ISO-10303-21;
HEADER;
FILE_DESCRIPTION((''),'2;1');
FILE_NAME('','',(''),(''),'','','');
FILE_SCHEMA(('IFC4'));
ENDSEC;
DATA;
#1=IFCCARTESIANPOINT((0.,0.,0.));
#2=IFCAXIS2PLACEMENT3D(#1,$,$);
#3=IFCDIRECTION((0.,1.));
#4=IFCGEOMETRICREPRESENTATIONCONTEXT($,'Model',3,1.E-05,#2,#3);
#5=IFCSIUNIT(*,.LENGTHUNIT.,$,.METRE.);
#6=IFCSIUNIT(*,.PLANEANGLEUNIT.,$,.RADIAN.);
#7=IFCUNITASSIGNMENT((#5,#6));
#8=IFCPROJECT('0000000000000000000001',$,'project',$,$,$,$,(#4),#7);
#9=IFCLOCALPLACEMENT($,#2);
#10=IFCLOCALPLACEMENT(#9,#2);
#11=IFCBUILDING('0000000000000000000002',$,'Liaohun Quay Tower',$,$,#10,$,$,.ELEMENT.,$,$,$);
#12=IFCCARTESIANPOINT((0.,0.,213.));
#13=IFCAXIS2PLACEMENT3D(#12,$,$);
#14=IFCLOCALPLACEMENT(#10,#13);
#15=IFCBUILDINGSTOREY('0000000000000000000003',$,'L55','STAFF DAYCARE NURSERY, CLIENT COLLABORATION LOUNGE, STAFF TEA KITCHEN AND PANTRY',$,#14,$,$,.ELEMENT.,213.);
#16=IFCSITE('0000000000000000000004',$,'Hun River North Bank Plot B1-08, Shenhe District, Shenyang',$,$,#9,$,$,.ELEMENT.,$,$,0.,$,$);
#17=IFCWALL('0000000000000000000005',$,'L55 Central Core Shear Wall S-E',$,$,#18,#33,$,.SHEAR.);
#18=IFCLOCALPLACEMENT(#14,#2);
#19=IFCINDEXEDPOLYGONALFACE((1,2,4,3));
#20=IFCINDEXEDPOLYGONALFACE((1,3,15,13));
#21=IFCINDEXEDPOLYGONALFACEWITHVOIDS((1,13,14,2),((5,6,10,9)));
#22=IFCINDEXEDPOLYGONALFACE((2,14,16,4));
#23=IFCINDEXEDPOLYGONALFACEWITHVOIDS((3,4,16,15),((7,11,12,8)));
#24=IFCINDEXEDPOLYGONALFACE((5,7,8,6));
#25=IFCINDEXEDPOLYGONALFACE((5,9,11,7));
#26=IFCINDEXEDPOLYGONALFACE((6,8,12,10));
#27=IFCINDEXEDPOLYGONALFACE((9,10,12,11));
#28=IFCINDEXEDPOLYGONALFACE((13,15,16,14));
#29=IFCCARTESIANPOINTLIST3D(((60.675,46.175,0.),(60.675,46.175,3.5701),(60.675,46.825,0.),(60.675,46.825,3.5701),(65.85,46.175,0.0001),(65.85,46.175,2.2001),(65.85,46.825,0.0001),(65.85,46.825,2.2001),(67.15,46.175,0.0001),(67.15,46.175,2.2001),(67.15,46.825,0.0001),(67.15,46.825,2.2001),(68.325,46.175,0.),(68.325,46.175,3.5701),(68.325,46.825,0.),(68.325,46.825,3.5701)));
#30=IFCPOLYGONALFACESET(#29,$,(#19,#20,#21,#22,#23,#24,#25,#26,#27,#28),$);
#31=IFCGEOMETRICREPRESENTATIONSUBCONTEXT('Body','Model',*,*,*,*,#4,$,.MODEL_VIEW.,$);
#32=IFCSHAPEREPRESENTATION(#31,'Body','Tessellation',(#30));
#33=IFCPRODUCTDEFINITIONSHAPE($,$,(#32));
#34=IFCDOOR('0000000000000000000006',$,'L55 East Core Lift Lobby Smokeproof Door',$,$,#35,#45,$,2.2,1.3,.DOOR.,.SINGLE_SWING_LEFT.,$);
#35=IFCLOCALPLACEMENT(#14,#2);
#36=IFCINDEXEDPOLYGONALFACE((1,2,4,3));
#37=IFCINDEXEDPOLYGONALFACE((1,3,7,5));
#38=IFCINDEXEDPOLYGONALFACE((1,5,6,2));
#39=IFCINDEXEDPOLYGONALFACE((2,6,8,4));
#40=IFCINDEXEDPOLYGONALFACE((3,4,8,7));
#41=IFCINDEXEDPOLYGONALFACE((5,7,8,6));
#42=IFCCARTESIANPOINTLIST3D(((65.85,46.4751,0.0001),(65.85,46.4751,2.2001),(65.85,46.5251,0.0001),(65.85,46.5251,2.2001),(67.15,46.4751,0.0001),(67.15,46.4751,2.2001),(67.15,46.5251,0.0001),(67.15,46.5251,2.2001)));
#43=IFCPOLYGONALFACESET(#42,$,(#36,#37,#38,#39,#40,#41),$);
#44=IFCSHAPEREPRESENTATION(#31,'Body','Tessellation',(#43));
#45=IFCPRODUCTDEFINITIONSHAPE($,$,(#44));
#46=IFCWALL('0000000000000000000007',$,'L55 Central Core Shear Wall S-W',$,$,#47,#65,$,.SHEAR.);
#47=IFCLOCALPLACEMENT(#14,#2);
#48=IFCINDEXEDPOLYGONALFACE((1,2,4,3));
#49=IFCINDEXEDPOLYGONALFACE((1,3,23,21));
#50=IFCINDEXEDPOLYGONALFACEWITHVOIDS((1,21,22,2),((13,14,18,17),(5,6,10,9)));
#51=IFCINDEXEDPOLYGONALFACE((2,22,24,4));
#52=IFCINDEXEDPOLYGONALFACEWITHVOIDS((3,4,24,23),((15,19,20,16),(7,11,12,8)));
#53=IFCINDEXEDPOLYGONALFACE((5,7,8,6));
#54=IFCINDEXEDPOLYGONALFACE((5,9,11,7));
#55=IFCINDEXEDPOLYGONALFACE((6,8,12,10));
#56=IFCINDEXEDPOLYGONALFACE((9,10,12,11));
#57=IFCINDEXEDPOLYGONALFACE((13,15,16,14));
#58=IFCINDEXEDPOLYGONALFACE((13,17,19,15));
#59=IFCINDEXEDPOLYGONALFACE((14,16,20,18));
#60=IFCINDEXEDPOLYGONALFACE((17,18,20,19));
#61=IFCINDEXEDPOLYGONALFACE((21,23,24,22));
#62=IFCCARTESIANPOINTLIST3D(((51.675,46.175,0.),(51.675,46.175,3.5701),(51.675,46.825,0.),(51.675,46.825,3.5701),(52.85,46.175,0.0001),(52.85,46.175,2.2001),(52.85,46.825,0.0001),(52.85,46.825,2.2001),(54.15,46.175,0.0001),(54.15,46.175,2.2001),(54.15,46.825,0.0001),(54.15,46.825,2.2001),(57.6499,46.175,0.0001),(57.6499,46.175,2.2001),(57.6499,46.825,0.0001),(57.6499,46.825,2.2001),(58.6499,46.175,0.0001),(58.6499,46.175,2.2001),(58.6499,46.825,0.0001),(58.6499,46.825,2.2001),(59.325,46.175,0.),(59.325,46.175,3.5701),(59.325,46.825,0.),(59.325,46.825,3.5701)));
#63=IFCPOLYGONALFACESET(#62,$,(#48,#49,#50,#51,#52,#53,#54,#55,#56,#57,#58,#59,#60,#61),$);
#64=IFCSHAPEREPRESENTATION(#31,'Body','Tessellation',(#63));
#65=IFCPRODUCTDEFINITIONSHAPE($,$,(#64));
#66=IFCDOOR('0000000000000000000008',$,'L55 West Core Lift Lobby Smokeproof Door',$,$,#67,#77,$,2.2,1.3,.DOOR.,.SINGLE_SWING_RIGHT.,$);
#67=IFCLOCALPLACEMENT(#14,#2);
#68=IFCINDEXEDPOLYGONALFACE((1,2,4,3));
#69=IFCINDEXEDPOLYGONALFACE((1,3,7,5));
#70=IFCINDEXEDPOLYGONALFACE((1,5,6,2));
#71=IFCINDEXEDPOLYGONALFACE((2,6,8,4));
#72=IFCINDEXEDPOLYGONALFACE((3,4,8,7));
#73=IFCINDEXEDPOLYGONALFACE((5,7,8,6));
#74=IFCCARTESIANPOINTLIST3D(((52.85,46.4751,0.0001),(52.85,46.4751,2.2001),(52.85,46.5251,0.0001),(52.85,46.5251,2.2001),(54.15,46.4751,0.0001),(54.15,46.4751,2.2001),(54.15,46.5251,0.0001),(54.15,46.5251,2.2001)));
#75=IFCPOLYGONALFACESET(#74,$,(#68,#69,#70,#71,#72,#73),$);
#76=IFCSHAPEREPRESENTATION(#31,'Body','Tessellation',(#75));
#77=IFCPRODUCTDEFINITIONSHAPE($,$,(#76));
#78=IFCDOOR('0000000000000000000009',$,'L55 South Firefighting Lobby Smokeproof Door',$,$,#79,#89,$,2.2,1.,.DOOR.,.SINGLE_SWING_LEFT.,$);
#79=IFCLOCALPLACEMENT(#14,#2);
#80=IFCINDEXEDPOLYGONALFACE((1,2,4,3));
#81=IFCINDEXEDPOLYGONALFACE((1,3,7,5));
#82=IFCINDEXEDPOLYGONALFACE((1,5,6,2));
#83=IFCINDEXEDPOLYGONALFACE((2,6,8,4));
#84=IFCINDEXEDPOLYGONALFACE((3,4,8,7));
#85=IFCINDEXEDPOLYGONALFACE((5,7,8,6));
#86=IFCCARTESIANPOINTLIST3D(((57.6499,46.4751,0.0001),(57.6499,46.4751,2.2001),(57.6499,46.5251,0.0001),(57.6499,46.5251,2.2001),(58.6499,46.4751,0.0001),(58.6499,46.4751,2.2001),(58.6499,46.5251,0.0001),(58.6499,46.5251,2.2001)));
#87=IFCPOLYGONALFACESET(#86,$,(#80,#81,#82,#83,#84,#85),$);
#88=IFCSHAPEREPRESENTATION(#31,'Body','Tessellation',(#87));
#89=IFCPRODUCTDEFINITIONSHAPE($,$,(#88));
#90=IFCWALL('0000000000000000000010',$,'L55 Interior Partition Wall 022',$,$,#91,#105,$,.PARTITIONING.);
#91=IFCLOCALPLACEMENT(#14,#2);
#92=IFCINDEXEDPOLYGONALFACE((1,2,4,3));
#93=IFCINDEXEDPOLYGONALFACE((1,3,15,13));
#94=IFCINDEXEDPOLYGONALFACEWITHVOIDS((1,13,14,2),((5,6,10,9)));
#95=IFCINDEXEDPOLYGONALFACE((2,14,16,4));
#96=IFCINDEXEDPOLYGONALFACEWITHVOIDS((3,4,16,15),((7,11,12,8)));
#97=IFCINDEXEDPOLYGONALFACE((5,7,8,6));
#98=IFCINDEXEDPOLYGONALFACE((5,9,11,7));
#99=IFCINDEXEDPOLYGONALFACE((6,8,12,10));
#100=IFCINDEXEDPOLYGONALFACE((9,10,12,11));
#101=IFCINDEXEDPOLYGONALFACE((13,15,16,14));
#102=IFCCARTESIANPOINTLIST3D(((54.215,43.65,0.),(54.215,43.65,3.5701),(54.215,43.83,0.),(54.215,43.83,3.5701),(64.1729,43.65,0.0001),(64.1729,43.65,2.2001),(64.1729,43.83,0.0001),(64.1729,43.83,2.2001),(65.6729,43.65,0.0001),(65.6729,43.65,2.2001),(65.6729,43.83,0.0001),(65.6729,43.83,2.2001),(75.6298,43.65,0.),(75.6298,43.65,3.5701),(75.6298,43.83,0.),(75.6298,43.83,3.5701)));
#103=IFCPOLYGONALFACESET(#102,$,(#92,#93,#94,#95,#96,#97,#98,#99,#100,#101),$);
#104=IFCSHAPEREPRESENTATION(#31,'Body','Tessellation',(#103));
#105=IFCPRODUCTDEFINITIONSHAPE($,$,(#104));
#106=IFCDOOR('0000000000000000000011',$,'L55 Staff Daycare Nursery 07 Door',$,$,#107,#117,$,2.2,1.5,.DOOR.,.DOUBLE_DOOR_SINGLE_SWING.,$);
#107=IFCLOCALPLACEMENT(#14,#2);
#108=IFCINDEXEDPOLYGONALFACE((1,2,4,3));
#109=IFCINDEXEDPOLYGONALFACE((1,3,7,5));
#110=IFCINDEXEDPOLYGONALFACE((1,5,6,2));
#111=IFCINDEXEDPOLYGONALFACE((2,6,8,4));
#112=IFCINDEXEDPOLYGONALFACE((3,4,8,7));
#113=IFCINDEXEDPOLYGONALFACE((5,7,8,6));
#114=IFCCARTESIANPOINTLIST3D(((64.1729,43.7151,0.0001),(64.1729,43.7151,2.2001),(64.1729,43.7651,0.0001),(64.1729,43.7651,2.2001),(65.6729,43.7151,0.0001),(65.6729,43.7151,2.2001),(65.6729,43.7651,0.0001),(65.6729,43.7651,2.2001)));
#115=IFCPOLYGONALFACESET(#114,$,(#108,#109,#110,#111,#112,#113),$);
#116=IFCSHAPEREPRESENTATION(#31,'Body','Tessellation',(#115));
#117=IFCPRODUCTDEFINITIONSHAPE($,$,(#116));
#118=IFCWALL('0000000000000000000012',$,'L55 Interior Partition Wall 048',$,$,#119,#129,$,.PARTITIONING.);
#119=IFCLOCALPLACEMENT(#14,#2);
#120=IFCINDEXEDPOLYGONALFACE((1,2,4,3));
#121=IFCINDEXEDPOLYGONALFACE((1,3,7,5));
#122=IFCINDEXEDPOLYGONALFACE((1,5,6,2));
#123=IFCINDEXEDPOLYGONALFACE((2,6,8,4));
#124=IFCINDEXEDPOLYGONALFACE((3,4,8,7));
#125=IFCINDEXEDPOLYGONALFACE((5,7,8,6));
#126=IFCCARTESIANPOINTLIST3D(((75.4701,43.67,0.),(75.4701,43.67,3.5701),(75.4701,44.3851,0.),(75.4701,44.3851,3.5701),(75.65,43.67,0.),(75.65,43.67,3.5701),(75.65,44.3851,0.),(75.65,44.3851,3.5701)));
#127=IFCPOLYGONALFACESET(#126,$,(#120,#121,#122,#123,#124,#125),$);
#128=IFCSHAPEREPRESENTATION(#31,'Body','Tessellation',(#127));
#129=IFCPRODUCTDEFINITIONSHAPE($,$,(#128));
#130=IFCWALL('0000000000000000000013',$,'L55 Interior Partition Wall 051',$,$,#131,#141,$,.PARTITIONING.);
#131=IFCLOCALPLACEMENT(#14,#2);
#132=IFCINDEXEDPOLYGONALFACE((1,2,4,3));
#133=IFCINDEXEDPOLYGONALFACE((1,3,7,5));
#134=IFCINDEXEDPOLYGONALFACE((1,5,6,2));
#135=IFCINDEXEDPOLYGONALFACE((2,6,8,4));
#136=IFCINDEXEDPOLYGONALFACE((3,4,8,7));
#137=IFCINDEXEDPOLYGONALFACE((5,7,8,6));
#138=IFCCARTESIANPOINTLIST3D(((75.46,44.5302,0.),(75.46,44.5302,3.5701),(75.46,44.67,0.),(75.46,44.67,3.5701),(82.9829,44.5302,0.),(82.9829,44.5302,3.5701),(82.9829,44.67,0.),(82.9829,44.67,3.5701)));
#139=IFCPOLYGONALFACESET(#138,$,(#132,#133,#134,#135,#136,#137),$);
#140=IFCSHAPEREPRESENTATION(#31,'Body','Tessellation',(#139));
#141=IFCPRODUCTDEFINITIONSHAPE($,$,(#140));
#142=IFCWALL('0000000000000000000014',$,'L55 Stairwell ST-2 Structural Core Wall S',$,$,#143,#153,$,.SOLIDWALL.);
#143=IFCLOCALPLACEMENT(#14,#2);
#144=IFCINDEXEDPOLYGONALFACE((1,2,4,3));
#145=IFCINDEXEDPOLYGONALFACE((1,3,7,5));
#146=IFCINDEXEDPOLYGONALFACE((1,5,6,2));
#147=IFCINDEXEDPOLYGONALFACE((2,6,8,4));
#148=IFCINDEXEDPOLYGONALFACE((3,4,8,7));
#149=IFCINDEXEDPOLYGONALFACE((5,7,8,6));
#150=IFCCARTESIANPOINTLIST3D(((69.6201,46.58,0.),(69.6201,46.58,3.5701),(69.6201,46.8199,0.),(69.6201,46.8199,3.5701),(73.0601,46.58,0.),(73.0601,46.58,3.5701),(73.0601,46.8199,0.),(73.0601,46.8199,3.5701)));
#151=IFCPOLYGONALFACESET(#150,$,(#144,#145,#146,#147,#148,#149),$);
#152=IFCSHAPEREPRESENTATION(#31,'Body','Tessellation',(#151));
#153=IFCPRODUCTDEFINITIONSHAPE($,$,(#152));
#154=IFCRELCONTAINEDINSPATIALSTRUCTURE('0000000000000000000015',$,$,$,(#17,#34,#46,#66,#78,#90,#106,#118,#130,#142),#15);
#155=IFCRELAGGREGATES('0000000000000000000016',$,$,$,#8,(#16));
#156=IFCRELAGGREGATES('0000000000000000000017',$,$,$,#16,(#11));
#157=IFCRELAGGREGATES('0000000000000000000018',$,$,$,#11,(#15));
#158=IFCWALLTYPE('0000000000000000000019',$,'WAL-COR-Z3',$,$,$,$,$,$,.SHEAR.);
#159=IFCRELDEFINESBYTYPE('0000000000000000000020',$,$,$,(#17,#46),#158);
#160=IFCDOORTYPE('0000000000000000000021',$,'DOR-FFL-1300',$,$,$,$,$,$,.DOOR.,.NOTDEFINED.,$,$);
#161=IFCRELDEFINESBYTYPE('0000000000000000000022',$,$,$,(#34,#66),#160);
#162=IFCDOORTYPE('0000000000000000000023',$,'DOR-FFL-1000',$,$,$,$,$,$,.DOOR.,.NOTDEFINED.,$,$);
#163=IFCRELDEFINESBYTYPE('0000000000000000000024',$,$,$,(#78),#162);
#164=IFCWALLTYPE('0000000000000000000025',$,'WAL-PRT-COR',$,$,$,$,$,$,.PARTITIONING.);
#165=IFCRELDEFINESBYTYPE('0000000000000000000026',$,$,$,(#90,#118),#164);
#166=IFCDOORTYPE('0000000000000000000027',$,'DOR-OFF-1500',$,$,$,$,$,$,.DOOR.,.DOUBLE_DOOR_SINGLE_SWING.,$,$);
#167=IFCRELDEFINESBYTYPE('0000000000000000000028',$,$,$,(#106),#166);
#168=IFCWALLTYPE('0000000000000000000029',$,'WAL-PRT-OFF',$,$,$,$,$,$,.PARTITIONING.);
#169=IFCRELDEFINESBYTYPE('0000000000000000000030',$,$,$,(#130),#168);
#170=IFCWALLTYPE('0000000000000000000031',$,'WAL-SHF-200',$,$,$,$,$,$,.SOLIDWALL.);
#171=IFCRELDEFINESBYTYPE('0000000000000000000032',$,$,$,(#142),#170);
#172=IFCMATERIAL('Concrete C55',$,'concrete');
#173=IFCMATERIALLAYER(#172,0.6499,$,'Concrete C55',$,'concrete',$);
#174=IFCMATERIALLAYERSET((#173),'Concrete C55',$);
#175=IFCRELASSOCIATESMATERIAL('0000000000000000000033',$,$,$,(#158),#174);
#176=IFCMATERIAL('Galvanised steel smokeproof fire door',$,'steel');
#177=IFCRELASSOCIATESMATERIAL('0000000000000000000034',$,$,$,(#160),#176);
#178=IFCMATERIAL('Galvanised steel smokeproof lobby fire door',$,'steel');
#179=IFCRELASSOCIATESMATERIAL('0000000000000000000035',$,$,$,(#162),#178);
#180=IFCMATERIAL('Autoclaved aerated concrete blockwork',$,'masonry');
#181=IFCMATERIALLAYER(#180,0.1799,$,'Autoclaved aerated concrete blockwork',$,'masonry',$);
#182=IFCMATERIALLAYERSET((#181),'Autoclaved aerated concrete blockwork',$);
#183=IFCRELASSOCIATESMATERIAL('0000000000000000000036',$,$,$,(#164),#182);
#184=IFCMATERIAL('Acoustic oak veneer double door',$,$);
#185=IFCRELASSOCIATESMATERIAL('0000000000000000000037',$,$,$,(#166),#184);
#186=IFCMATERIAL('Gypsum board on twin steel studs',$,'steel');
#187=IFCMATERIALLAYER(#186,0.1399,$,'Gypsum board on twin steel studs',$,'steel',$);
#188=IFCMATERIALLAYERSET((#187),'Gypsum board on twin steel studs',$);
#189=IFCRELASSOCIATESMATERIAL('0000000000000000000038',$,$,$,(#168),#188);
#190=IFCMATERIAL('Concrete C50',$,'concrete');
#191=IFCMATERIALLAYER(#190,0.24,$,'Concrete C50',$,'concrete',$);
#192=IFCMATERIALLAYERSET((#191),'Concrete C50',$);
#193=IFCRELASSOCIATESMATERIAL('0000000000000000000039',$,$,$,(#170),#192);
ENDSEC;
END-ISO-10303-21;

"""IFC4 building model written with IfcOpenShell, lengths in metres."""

from ifc_helpers import new_model, si_unit, direction, frame, frame_2d, origin, place, context, subcontext, project, spatial, rectangle, extrude, source, transform, mapped, material, layer, layer_set, type_object, element, fill, save


model = new_model("IFC4")

# Units and contexts
model_context = context("Model", 3, precision=1e-05, world=origin(), true_north=direction((0.0, 1.0)))
body_context = subcontext(model_context, "Body", "Model", "MODEL_VIEW")
ifc_project = project(units=[si_unit("LENGTHUNIT", "METRE"), si_unit("PLANEANGLEUNIT", "RADIAN")], contexts=[model_context])

# Site, building, storey
site_placement = place(None, origin())
site = spatial("IfcSite", under=ifc_project, at=site_placement, Name="Hun River North Bank Plot B1-08, Shenhe District, Shenyang", CompositionType="ELEMENT", RefElevation=0.0)
building_placement = place(site_placement, origin())
building = spatial("IfcBuilding", under=site, at=building_placement, Name="Liaohun Quay Tower", CompositionType="ELEMENT")
storey_placement = place(building_placement, frame((0.0, 0.0, 213.0)))
storey = spatial("IfcBuildingStorey", under=building, at=storey_placement, Name="L55", Description="STAFF DAYCARE NURSERY, CLIENT COLLABORATION LOUNGE, STAFF TEA KITCHEN AND PANTRY", CompositionType="ELEMENT", Elevation=213.0)

# Shared definitions
ifc_material_1 = material(Name="Concrete C55", Category="concrete")

# Wall, opening, door
ifc_layer_1 = layer(ifc_material_1, 0.6499, Name="Concrete C55", Category="concrete")
ifc_layer_set_1 = layer_set([ifc_layer_1], Name="Concrete C55")
wall_type_1 = type_object("IfcWallType", Name="WAL-COR-Z3", PredefinedType="SHEAR", material=ifc_layer_set_1)
wall_1_placement = place(storey_placement, frame((68.325, 46.5, 0.0), z_axis=(0.0, 0.0, 1.0), x_axis=(-1.0, 0.0, 0.0)))
wall_1 = element("IfcWall", 1, at=wall_1_placement, inside=storey, type_object=wall_type_1, Name="L55 Central Core Shear Wall S-E", PredefinedType="SHEAR", context=body_context, shape_type="SweptSolid", body=[
    extrude(rectangle(XDim=7.6499, YDim=0.6499, at=frame_2d((3.825, 0.0))), origin(), (0.0, 0.0, 1.0), 3.5701),
])
shared_shape_1 = source(origin(), body_context, "Body", "SweptSolid", [
    extrude(rectangle(XDim=1.3, YDim=2.2, at=frame_2d((0.6499, 1.1001))), frame((0.0, 0.335, 0.0), z_axis=(0.0, -1.0, 0.0), x_axis=(1.0, 0.0, 0.0)), (0.0, 0.0, 1.0), 0.6699),
])
opening_1_placement = place(wall_1_placement, frame((1.175, 0.0, 0.0)))
opening_1 = element("IfcOpeningElement", 2, at=opening_1_placement, cuts=wall_1, PredefinedType="OPENING", context=body_context, shape_type="MappedRepresentation", body=[
    mapped(shared_shape_1, transform((0.0, 0.0, 0.0), x_axis=(1.0, 0.0, 0.0), y_axis=(0.0, 1.0, 0.0), z_axis=(0.0, 0.0, 1.0), scale=1.0)),
])
ifc_material_2 = material(Name="Galvanised steel smokeproof fire door", Category="steel")
door_type_1 = type_object("IfcDoorType", Name="DOR-FFL-1300", OperationType="NOTDEFINED", PredefinedType="DOOR", material=ifc_material_2)
shared_shape_2 = source(origin(), body_context, "Body", "SweptSolid", [
    extrude(rectangle(XDim=1.3, YDim=2.2, at=frame_2d((0.6499, 1.1001))), frame((0.0, 0.0249, 0.0), z_axis=(0.0, -1.0, 0.0), x_axis=(1.0, 0.0, 0.0)), (0.0, 0.0, 1.0), 0.05),
])
door_1_placement = place(opening_1_placement, origin())
door_1 = element("IfcDoor", 3, at=door_1_placement, inside=storey, type_object=door_type_1, Name="L55 East Core Lift Lobby Smokeproof Door", OperationType="SINGLE_SWING_LEFT", OverallHeight=2.2, OverallWidth=1.3, PredefinedType="DOOR", context=body_context, shape_type="MappedRepresentation", body=[
    mapped(shared_shape_2, transform((0.0, 0.0, 0.0), x_axis=(1.0, 0.0, 0.0), y_axis=(0.0, 1.0, 0.0), z_axis=(0.0, 0.0, 1.0), scale=1.0)),
])
fill(opening_1, door_1)

# Wall, openings, doors
wall_2_placement = place(storey_placement, frame((59.325, 46.5, 0.0), z_axis=(0.0, 0.0, 1.0), x_axis=(-1.0, 0.0, 0.0)))
wall_2 = element("IfcWall", 4, at=wall_2_placement, inside=storey, type_object=wall_type_1, Name="L55 Central Core Shear Wall S-W", PredefinedType="SHEAR", context=body_context, shape_type="SweptSolid", body=[
    extrude(rectangle(XDim=7.6499, YDim=0.6499, at=frame_2d((3.825, 0.0))), origin(), (0.0, 0.0, 1.0), 3.5701),
])
opening_2_placement = place(wall_2_placement, frame((5.175, 0.0, 0.0)))
opening_2 = element("IfcOpeningElement", 5, at=opening_2_placement, cuts=wall_2, PredefinedType="OPENING", context=body_context, shape_type="MappedRepresentation", body=[
    mapped(shared_shape_1, transform((0.0, 0.0, 0.0), x_axis=(1.0, 0.0, 0.0), y_axis=(0.0, 1.0, 0.0), z_axis=(0.0, 0.0, 1.0), scale=1.0)),
])
shared_shape_3 = source(origin(), body_context, "Body", "SweptSolid", [
    extrude(rectangle(XDim=1.0, YDim=2.2, at=frame_2d((0.5, 1.1001))), frame((0.0, 0.335, 0.0), z_axis=(0.0, -1.0, 0.0), x_axis=(1.0, 0.0, 0.0)), (0.0, 0.0, 1.0), 0.6699),
])
opening_3_placement = place(wall_2_placement, frame((0.675, 0.0, 0.0)))
opening_3 = element("IfcOpeningElement", 6, at=opening_3_placement, cuts=wall_2, PredefinedType="OPENING", context=body_context, shape_type="MappedRepresentation", body=[
    mapped(shared_shape_3, transform((0.0, 0.0, 0.0), x_axis=(1.0, 0.0, 0.0), y_axis=(0.0, 1.0, 0.0), z_axis=(0.0, 0.0, 1.0), scale=1.0)),
])
door_2_placement = place(opening_2_placement, origin())
door_2 = element("IfcDoor", 7, at=door_2_placement, inside=storey, type_object=door_type_1, Name="L55 West Core Lift Lobby Smokeproof Door", OperationType="SINGLE_SWING_RIGHT", OverallHeight=2.2, OverallWidth=1.3, PredefinedType="DOOR", context=body_context, shape_type="MappedRepresentation", body=[
    mapped(shared_shape_2, transform((0.0, 0.0, 0.0), x_axis=(1.0, 0.0, 0.0), y_axis=(0.0, 1.0, 0.0), z_axis=(0.0, 0.0, 1.0), scale=1.0)),
])
fill(opening_2, door_2)
ifc_material_3 = material(Name="Galvanised steel smokeproof lobby fire door", Category="steel")
door_type_2 = type_object("IfcDoorType", Name="DOR-FFL-1000", OperationType="NOTDEFINED", PredefinedType="DOOR", material=ifc_material_3)
shared_shape_4 = source(origin(), body_context, "Body", "SweptSolid", [
    extrude(rectangle(XDim=1.0, YDim=2.2, at=frame_2d((0.5, 1.1001))), frame((0.0, 0.0249, 0.0), z_axis=(0.0, -1.0, 0.0), x_axis=(1.0, 0.0, 0.0)), (0.0, 0.0, 1.0), 0.05),
])
door_3_placement = place(opening_3_placement, origin())
door_3 = element("IfcDoor", 8, at=door_3_placement, inside=storey, type_object=door_type_2, Name="L55 South Firefighting Lobby Smokeproof Door", OperationType="SINGLE_SWING_LEFT", OverallHeight=2.2, OverallWidth=1.0, PredefinedType="DOOR", context=body_context, shape_type="MappedRepresentation", body=[
    mapped(shared_shape_4, transform((0.0, 0.0, 0.0), x_axis=(1.0, 0.0, 0.0), y_axis=(0.0, 1.0, 0.0), z_axis=(0.0, 0.0, 1.0), scale=1.0)),
])
fill(opening_3, door_3)

# Wall, opening, door
ifc_material_4 = material(Name="Autoclaved aerated concrete blockwork", Category="masonry")
ifc_layer_2 = layer(ifc_material_4, 0.1799, Name="Autoclaved aerated concrete blockwork", Category="masonry")
ifc_layer_set_2 = layer_set([ifc_layer_2], Name="Autoclaved aerated concrete blockwork")
wall_type_2 = type_object("IfcWallType", Name="WAL-PRT-COR", PredefinedType="PARTITIONING", material=ifc_layer_set_2)
wall_3_placement = place(storey_placement, frame((75.6299, 43.74, 0.0), z_axis=(0.0, 0.0, 1.0), x_axis=(-1.0, 0.0, 0.0)))
wall_3 = element("IfcWall", 9, at=wall_3_placement, inside=storey, type_object=wall_type_2, Name="L55 Interior Partition Wall 022", PredefinedType="PARTITIONING", context=body_context, shape_type="SweptSolid", body=[
    extrude(rectangle(XDim=21.4148, YDim=0.1799, at=frame_2d((10.7075, 0.0))), origin(), (0.0, 0.0, 1.0), 3.5701),
])
shared_shape_5 = source(origin(), body_context, "Body", "SweptSolid", [
    extrude(rectangle(XDim=1.5, YDim=2.2, at=frame_2d((0.75, 1.1001))), frame((0.0, 0.0999, 0.0), z_axis=(0.0, -1.0, 0.0), x_axis=(1.0, 0.0, 0.0)), (0.0, 0.0, 1.0), 0.2),
])
opening_4_placement = place(wall_3_placement, frame((9.957, 0.0, 0.0)))
opening_4 = element("IfcOpeningElement", 10, at=opening_4_placement, cuts=wall_3, PredefinedType="OPENING", context=body_context, shape_type="MappedRepresentation", body=[
    mapped(shared_shape_5, transform((0.0, 0.0, 0.0), x_axis=(1.0, 0.0, 0.0), y_axis=(0.0, 1.0, 0.0), z_axis=(0.0, 0.0, 1.0), scale=1.0)),
])
ifc_material_5 = material(Name="Acoustic oak veneer double door")
door_type_3 = type_object("IfcDoorType", Name="DOR-OFF-1500", OperationType="DOUBLE_DOOR_SINGLE_SWING", PredefinedType="DOOR", material=ifc_material_5)
shared_shape_6 = source(origin(), body_context, "Body", "SweptSolid", [
    extrude(rectangle(XDim=1.5, YDim=2.2, at=frame_2d((0.75, 1.1001))), frame((0.0, 0.0249, 0.0), z_axis=(0.0, -1.0, 0.0), x_axis=(1.0, 0.0, 0.0)), (0.0, 0.0, 1.0), 0.05),
])
door_4_placement = place(opening_4_placement, origin())
door_4 = element("IfcDoor", 11, at=door_4_placement, inside=storey, type_object=door_type_3, Name="L55 Staff Daycare Nursery 07 Door", OperationType="DOUBLE_DOOR_SINGLE_SWING", OverallHeight=2.2, OverallWidth=1.5, PredefinedType="DOOR", context=body_context, shape_type="MappedRepresentation", body=[
    mapped(shared_shape_6, transform((0.0, 0.0, 0.0), x_axis=(1.0, 0.0, 0.0), y_axis=(0.0, 1.0, 0.0), z_axis=(0.0, 0.0, 1.0), scale=1.0)),
])
fill(opening_4, door_4)

# Walls
wall_4_placement = place(storey_placement, frame((75.5601, 44.385, 0.0), z_axis=(0.0, 0.0, 1.0), x_axis=(0.0, -1.0, 0.0)))
element("IfcWall", 12, at=wall_4_placement, inside=storey, type_object=wall_type_2, Name="L55 Interior Partition Wall 048", PredefinedType="PARTITIONING", context=body_context, shape_type="SweptSolid", body=[
    extrude(rectangle(XDim=0.7151, YDim=0.1799, at=frame_2d((0.3574, 0.0))), origin(), (0.0, 0.0, 1.0), 3.5701),
])
ifc_material_6 = material(Name="Gypsum board on twin steel studs", Category="steel")
ifc_layer_3 = layer(ifc_material_6, 0.1399, Name="Gypsum board on twin steel studs", Category="steel")
ifc_layer_set_3 = layer_set([ifc_layer_3], Name="Gypsum board on twin steel studs")
wall_type_3 = type_object("IfcWallType", Name="WAL-PRT-OFF", PredefinedType="PARTITIONING", material=ifc_layer_set_3)
wall_5_placement = place(storey_placement, frame((75.46, 44.6001, 0.0), z_axis=(0.0, 0.0, 1.0), x_axis=(1.0, 0.0, 0.0)))
element("IfcWall", 13, at=wall_5_placement, inside=storey, type_object=wall_type_3, Name="L55 Interior Partition Wall 051", PredefinedType="PARTITIONING", context=body_context, shape_type="SweptSolid", body=[
    extrude(rectangle(XDim=7.5229, YDim=0.1399, at=frame_2d((3.7615, 0.0))), origin(), (0.0, 0.0, 1.0), 3.5701),
])
ifc_material_7 = material(Name="Concrete C50", Category="concrete")
ifc_layer_4 = layer(ifc_material_7, 0.24, Name="Concrete C50", Category="concrete")
ifc_layer_set_4 = layer_set([ifc_layer_4], Name="Concrete C50")
wall_type_4 = type_object("IfcWallType", Name="WAL-SHF-200", PredefinedType="SOLIDWALL", material=ifc_layer_set_4)
wall_6_placement = place(storey_placement, frame((69.6201, 46.7, 0.0), z_axis=(0.0, 0.0, 1.0), x_axis=(1.0, 0.0, 0.0)))
element("IfcWall", 14, at=wall_6_placement, inside=storey, type_object=wall_type_4, Name="L55 Stairwell ST-2 Structural Core Wall S", PredefinedType="SOLIDWALL", context=body_context, shape_type="SweptSolid", body=[
    extrude(rectangle(XDim=3.4399, YDim=0.24, at=frame_2d((1.72, 0.0))), origin(), (0.0, 0.0, 1.0), 3.5701),
])

save(model, "model.ifc")
